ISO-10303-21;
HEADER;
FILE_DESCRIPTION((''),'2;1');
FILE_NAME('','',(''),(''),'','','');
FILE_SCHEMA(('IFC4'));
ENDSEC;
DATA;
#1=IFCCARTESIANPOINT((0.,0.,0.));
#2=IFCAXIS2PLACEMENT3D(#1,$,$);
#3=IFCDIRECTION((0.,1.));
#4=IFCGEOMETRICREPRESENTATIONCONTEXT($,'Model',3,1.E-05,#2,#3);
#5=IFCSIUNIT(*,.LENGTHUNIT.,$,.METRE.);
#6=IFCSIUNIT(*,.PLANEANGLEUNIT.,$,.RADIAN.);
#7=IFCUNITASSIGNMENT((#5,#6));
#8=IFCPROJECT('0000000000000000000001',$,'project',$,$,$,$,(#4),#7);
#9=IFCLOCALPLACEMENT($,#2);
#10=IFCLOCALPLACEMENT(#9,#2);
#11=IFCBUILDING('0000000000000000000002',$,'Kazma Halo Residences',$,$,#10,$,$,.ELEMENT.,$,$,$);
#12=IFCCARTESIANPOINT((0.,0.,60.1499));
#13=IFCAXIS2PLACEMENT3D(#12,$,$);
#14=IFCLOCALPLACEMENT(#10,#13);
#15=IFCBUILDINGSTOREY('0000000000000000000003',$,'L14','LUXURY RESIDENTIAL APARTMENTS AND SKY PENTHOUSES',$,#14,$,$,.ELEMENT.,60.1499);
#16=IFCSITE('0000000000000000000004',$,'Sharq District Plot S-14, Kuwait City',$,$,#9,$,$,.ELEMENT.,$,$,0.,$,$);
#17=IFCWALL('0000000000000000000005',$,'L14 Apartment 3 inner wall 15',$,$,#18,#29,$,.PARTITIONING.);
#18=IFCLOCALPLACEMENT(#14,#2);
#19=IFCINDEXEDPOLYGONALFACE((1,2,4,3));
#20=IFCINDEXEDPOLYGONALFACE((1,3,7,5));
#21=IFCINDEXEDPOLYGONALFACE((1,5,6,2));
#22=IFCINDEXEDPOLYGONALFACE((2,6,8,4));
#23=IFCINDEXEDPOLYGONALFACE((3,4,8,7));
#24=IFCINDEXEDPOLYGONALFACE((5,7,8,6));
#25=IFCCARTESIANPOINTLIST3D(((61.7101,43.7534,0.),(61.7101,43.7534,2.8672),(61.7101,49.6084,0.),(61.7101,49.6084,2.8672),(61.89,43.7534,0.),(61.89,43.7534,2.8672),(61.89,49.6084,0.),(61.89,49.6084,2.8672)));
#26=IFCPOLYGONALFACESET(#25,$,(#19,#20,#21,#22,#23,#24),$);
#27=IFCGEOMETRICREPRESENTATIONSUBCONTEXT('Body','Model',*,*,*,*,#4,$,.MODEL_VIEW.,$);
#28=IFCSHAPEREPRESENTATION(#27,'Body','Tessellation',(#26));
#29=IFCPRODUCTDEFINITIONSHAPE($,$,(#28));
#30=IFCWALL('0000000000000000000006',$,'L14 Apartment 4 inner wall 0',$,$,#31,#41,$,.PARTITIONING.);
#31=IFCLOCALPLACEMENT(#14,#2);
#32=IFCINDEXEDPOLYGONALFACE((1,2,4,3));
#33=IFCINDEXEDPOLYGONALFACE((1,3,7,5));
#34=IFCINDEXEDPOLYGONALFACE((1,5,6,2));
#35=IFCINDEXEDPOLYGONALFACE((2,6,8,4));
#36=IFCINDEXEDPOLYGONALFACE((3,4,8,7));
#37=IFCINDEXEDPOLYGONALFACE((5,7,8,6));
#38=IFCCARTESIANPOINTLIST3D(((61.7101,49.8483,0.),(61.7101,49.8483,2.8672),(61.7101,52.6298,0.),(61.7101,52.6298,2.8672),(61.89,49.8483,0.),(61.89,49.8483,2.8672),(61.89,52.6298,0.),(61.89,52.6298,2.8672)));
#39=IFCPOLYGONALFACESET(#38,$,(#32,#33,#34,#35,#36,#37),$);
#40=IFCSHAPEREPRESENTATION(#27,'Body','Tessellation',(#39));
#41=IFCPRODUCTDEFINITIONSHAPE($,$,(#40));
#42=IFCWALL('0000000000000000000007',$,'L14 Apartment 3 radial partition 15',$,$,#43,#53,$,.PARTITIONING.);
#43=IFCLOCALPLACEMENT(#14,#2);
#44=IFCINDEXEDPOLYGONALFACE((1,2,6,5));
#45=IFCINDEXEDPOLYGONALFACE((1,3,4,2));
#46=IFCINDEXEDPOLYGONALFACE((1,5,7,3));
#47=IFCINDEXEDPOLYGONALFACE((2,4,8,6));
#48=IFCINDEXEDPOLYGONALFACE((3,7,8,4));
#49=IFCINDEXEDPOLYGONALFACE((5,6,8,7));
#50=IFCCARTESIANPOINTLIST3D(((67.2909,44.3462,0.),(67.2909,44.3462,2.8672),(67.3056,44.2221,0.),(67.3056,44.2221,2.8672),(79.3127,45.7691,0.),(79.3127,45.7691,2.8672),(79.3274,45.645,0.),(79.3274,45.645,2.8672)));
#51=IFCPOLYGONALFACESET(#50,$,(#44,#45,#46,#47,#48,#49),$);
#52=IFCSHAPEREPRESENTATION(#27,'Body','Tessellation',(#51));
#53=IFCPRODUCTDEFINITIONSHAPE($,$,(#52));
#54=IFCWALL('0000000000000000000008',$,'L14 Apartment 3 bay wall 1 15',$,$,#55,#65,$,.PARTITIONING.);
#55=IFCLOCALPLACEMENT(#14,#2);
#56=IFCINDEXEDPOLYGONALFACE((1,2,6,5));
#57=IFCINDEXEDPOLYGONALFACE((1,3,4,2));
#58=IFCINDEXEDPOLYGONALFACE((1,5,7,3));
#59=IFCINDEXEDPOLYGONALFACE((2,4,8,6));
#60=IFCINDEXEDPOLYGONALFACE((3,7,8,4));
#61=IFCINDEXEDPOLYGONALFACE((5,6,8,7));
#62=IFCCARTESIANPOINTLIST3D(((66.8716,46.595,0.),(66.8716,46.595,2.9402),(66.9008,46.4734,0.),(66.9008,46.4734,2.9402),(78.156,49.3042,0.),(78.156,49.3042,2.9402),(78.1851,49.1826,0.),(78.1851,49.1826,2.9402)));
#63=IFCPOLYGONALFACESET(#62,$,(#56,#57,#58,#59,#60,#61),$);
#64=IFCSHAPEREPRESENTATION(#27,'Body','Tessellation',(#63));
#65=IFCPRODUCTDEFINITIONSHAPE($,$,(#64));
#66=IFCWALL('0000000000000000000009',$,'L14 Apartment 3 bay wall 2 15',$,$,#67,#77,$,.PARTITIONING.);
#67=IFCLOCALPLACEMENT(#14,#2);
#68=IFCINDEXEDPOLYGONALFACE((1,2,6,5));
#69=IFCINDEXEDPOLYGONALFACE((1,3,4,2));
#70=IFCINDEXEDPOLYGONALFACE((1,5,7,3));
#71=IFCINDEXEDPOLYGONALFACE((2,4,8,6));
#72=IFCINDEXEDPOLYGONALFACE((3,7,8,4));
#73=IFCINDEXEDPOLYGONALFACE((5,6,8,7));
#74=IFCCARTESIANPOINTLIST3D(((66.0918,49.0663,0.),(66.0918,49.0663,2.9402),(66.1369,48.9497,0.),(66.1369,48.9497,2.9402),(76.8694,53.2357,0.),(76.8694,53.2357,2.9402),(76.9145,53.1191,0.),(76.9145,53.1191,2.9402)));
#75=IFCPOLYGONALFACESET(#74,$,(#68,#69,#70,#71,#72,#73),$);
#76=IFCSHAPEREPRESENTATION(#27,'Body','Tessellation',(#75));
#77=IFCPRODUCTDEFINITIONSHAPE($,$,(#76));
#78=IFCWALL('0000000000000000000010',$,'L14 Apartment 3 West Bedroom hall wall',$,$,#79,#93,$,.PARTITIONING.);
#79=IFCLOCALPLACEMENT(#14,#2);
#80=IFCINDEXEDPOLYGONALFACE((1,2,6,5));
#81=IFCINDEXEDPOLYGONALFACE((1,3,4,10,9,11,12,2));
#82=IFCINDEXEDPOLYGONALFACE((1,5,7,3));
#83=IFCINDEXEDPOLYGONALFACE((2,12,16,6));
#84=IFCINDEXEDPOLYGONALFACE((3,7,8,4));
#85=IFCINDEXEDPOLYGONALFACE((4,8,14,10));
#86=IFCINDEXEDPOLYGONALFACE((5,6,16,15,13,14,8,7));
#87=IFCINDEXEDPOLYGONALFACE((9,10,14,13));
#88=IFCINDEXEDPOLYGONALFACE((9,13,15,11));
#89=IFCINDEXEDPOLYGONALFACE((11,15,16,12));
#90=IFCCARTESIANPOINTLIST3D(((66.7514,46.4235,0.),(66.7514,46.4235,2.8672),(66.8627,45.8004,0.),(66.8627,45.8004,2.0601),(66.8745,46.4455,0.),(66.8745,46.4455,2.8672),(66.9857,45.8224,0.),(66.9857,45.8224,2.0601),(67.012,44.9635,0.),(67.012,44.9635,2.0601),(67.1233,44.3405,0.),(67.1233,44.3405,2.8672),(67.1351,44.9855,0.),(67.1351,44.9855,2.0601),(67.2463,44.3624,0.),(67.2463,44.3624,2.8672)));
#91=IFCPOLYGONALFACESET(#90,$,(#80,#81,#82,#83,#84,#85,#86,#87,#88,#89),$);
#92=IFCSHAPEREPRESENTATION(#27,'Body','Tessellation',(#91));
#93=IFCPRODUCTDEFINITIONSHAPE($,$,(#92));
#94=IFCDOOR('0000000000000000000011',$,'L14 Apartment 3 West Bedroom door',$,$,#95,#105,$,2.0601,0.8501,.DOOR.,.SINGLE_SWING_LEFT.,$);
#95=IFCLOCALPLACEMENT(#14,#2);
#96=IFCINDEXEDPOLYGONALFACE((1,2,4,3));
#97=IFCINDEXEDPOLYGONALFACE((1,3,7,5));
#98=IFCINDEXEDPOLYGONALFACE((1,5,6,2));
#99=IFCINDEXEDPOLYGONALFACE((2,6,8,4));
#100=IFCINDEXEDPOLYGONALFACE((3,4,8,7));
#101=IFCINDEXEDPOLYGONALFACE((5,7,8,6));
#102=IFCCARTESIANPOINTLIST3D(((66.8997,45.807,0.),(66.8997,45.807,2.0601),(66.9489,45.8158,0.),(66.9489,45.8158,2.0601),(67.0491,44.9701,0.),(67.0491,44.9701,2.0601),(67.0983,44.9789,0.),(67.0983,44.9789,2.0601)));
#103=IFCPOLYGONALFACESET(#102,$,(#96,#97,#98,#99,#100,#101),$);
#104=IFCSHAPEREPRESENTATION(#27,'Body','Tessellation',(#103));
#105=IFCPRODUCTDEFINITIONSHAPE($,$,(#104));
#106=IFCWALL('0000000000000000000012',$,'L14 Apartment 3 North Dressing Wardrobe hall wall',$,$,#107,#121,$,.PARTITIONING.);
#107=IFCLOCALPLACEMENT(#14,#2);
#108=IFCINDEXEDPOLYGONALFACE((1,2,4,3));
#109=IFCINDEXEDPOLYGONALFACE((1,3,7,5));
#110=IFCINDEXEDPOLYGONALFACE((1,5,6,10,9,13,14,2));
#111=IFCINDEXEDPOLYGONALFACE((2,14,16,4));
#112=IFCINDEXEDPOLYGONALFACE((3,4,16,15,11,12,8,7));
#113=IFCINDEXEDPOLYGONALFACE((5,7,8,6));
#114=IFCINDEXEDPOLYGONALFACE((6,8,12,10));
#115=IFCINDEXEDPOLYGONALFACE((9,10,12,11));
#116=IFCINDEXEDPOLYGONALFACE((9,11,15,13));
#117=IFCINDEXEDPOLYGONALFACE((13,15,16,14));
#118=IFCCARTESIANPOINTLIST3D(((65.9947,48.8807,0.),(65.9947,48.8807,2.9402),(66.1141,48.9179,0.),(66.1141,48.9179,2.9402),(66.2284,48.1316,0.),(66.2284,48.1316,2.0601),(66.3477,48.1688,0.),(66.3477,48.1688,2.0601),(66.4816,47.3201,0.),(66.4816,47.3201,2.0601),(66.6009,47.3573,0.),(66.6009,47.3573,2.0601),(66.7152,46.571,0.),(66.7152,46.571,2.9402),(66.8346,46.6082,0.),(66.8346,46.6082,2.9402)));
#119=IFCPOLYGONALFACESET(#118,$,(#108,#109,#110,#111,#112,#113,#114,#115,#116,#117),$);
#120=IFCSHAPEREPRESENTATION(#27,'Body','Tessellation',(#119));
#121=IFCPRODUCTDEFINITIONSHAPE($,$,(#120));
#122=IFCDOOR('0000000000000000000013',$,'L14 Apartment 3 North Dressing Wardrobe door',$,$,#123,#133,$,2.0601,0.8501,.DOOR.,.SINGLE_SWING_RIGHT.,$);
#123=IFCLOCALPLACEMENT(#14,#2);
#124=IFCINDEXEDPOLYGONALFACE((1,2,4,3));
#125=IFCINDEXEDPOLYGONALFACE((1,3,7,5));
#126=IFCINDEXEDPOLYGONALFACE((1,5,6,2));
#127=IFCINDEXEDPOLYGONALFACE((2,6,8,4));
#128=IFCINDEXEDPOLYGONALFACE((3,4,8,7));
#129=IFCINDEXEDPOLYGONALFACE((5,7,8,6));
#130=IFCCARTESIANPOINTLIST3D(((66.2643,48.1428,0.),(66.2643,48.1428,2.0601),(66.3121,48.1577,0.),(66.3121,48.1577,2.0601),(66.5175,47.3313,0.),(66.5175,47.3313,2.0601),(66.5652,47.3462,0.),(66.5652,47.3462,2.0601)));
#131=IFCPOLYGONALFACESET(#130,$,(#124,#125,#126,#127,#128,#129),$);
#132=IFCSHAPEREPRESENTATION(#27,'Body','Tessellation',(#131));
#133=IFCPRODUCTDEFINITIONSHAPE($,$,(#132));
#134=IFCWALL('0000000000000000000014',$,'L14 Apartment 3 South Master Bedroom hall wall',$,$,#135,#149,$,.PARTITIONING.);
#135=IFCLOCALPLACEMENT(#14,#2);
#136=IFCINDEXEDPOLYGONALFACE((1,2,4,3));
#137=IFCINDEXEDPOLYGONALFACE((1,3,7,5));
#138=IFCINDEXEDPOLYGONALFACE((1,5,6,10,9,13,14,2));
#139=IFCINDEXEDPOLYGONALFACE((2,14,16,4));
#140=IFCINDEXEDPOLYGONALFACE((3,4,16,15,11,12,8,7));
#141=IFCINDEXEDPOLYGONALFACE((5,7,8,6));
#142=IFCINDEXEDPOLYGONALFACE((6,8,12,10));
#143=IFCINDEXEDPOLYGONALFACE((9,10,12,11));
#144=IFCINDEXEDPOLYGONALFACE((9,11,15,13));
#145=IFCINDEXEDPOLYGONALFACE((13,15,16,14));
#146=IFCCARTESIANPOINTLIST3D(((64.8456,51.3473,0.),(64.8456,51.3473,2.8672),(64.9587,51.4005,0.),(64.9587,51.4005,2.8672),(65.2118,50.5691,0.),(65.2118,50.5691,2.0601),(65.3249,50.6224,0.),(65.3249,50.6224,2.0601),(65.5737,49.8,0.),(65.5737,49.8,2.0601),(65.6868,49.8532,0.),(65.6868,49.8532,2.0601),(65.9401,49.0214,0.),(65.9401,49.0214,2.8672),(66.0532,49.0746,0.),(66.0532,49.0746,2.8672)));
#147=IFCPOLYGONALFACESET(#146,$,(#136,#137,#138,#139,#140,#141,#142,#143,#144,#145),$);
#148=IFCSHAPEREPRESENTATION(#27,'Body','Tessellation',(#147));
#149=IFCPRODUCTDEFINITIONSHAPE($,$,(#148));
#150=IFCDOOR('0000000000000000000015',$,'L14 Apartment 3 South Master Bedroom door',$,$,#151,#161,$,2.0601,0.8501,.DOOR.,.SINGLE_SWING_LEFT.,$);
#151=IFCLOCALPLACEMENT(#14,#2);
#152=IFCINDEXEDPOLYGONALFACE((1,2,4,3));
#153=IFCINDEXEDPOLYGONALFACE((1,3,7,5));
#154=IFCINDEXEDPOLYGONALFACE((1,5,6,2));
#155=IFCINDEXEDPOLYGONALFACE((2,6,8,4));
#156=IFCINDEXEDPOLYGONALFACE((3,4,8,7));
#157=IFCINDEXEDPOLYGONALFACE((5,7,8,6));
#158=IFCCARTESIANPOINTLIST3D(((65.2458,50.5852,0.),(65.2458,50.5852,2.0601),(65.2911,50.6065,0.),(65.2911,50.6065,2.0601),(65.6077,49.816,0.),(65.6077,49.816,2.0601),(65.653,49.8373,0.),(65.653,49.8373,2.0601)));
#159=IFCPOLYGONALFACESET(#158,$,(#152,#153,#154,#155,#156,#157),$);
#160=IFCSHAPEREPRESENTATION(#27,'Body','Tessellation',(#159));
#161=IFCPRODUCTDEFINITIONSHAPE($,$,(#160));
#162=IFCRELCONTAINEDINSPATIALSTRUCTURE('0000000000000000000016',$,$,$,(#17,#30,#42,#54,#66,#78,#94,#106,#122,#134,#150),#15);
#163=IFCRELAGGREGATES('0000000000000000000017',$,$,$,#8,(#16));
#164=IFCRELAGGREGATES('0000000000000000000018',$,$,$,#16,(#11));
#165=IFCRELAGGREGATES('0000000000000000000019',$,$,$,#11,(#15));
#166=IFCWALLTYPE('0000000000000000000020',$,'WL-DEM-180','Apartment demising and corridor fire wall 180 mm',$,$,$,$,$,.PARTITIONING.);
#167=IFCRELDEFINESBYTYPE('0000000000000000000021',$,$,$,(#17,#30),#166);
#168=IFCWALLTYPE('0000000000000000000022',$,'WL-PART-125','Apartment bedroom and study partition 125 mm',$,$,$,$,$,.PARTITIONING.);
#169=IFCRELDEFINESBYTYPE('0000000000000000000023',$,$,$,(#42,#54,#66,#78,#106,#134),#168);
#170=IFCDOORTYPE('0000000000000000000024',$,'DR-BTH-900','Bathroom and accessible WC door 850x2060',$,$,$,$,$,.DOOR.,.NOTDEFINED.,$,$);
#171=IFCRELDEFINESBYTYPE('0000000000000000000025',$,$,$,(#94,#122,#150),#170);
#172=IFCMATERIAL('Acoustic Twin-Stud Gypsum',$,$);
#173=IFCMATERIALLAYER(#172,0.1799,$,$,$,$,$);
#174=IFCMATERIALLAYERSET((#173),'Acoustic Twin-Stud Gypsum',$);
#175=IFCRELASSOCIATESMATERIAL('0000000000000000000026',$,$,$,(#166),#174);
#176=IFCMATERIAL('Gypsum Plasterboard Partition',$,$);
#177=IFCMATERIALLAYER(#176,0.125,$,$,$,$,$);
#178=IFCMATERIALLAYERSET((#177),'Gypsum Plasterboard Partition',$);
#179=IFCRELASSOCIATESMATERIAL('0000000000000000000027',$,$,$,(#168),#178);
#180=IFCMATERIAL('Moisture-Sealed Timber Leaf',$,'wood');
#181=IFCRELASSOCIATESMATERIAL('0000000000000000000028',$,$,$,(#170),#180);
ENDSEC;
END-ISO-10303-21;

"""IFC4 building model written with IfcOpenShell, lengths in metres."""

from ifc_helpers import new_model, si_unit, direction, frame, frame_2d, origin, place, context, subcontext, project, spatial, rectangle, extrude, material, layer, layer_set, type_object, element, fill, save


model = new_model("IFC4")

# Units and contexts
model_context = context("Model", 3, precision=1e-05, world=origin(), true_north=direction((0.0, 1.0)))
body_context = subcontext(model_context, "Body", "Model", "MODEL_VIEW")
ifc_project = project(units=[si_unit("LENGTHUNIT", "METRE"), si_unit("PLANEANGLEUNIT", "RADIAN")], contexts=[model_context])

# Site, building, storey
site_placement = place(None, origin())
site = spatial("IfcSite", under=ifc_project, at=site_placement, Name="Sharq District Plot S-14, Kuwait City", CompositionType="ELEMENT", RefElevation=0.0)
building_placement = place(site_placement, origin())
building = spatial("IfcBuilding", under=site, at=building_placement, Name="Kazma Halo Residences", CompositionType="ELEMENT")
storey_placement = place(building_placement, frame((0.0, 0.0, 60.1499)))
storey = spatial("IfcBuildingStorey", under=building, at=storey_placement, Name="L14", Description="LUXURY RESIDENTIAL APARTMENTS AND SKY PENTHOUSES", CompositionType="ELEMENT", Elevation=60.1499)

# Walls
ifc_material_1 = material(Name="Acoustic Twin-Stud Gypsum")
ifc_layer_1 = layer(ifc_material_1, 0.1799)
ifc_layer_set_1 = layer_set([ifc_layer_1], Name="Acoustic Twin-Stud Gypsum")
wall_type_1 = type_object("IfcWallType", Name="WL-DEM-180", Description="Apartment demising and corridor fire wall 180 mm", PredefinedType="PARTITIONING", material=ifc_layer_set_1)
wall_1_placement = place(storey_placement, frame((61.8, 43.7534, 0.0), z_axis=(0.0, 0.0, 1.0), x_axis=(0.0, 1.0, 0.0)))
element("IfcWall", 1, at=wall_1_placement, inside=storey, type_object=wall_type_1, Name="L14 Apartment 3 inner wall 15", PredefinedType="PARTITIONING", context=body_context, shape_type="SweptSolid", body=[
    extrude(rectangle(XDim=5.855, YDim=0.1799, at=frame_2d((2.9275, 0.0))), origin(), (0.0, 0.0, 1.0), 2.8672),
])
wall_2_placement = place(storey_placement, frame((61.8, 49.8484, 0.0), z_axis=(0.0, 0.0, 1.0), x_axis=(0.0, 1.0, 0.0)))
element("IfcWall", 2, at=wall_2_placement, inside=storey, type_object=wall_type_1, Name="L14 Apartment 4 inner wall 0", PredefinedType="PARTITIONING", context=body_context, shape_type="SweptSolid", body=[
    extrude(rectangle(XDim=2.7815, YDim=0.1799, at=frame_2d((1.3906, 0.0))), origin(), (0.0, 0.0, 1.0), 2.8672),
])
ifc_material_2 = material(Name="Gypsum Plasterboard Partition")
ifc_layer_2 = layer(ifc_material_2, 0.125)
ifc_layer_set_2 = layer_set([ifc_layer_2], Name="Gypsum Plasterboard Partition")
wall_type_2 = type_object("IfcWallType", Name="WL-PART-125", Description="Apartment bedroom and study partition 125 mm", PredefinedType="PARTITIONING", material=ifc_layer_set_2)
wall_3_placement = place(storey_placement, frame((67.2983, 44.2842, 0.0), z_axis=(0.0, 0.0, 1.0), x_axis=(0.993069, 0.117536, 0.0)))
element("IfcWall", 3, at=wall_3_placement, inside=storey, type_object=wall_type_2, Name="L14 Apartment 3 radial partition 15", PredefinedType="PARTITIONING", context=body_context, shape_type="SweptSolid", body=[
    extrude(rectangle(XDim=12.1057, YDim=0.125, at=frame_2d((6.0527, 0.0))), origin(), (0.0, 0.0, 1.0), 2.8672),
])
wall_4_placement = place(storey_placement, frame((66.8862, 46.5342, 0.0), z_axis=(0.0, 0.0, 1.0), x_axis=(0.972368, 0.233452, 0.0)))
element("IfcWall", 4, at=wall_4_placement, inside=storey, type_object=wall_type_2, Name="L14 Apartment 3 bay wall 1 15", PredefinedType="PARTITIONING", context=body_context, shape_type="SweptSolid", body=[
    extrude(rectangle(XDim=11.605, YDim=0.125, at=frame_2d((5.8025, 0.0))), origin(), (0.0, 0.0, 1.0), 2.9402),
])
wall_5_placement = place(storey_placement, frame((66.1145, 49.0081, 0.0), z_axis=(0.0, 0.0, 1.0), x_axis=(0.932642, 0.360803, 0.0)))
element("IfcWall", 5, at=wall_5_placement, inside=storey, type_object=wall_type_2, Name="L14 Apartment 3 bay wall 2 15", PredefinedType="PARTITIONING", context=body_context, shape_type="SweptSolid", body=[
    extrude(rectangle(XDim=11.5559, YDim=0.125, at=frame_2d((5.7778, 0.0))), origin(), (0.0, 0.0, 1.0), 2.9402),
])

# Walls, openings, doors
wall_6_placement = place(storey_placement, frame((67.1848, 44.3513, 0.0), z_axis=(0.0, 0.0, 1.0), x_axis=(-0.175727, 0.984439, 0.0)))
wall_6 = element("IfcWall", 6, at=wall_6_placement, inside=storey, type_object=wall_type_2, Name="L14 Apartment 3 West Bedroom hall wall", PredefinedType="PARTITIONING", context=body_context, shape_type="SweptSolid", body=[
    extrude(rectangle(XDim=2.116, YDim=0.125, at=frame_2d((1.0581, 0.0))), origin(), (0.0, 0.0, 1.0), 2.8672),
])
opening_1_placement = place(wall_6_placement, frame((0.6331, 0.0, 0.0)))
opening_1 = element("IfcOpeningElement", 7, at=opening_1_placement, cuts=wall_6, PredefinedType="OPENING", context=body_context, shape_type="SweptSolid", body=[
    extrude(rectangle(XDim=0.8501, YDim=2.0601, at=frame_2d((0.425, 1.03))), frame((0.0, 0.0725, 0.0), z_axis=(0.0, -1.0, 0.0), x_axis=(1.0, 0.0, 0.0)), (0.0, 0.0, 1.0), 0.145),
])
ifc_material_3 = material(Name="Moisture-Sealed Timber Leaf", Category="wood")
door_type = type_object("IfcDoorType", Name="DR-BTH-900", Description="Bathroom and accessible WC door 850x2060", OperationType="NOTDEFINED", PredefinedType="DOOR", material=ifc_material_3)
door_1_placement = place(opening_1_placement, origin())
door_1 = element("IfcDoor", 8, at=door_1_placement, inside=storey, type_object=door_type, Name="L14 Apartment 3 West Bedroom door", OperationType="SINGLE_SWING_LEFT", OverallHeight=2.0601, OverallWidth=0.8501, PredefinedType="DOOR", context=body_context, shape_type="SweptSolid", body=[
    extrude(rectangle(XDim=0.8501, YDim=2.0601, at=frame_2d((0.425, 1.03))), frame((0.0, 0.0249, 0.0), z_axis=(0.0, -1.0, 0.0), x_axis=(1.0, 0.0, 0.0)), (0.0, 0.0, 1.0), 0.05),
])
fill(opening_1, door_1)
wall_7_placement = place(storey_placement, frame((66.7749, 46.5896, 0.0), z_axis=(0.0, 0.0, 1.0), x_axis=(-0.297792, 0.954631, 0.0)))
wall_7 = element("IfcWall", 9, at=wall_7_placement, inside=storey, type_object=wall_type_2, Name="L14 Apartment 3 North Dressing Wardrobe hall wall", PredefinedType="PARTITIONING", context=body_context, shape_type="SweptSolid", body=[
    extrude(rectangle(XDim=2.4194, YDim=0.125, at=frame_2d((1.2097, 0.0))), origin(), (0.0, 0.0, 1.0), 2.9402),
])
opening_2_placement = place(wall_7_placement, frame((0.7847, 0.0, 0.0)))
opening_2 = element("IfcOpeningElement", 10, at=opening_2_placement, cuts=wall_7, PredefinedType="OPENING", context=body_context, shape_type="SweptSolid", body=[
    extrude(rectangle(XDim=0.8501, YDim=2.0601, at=frame_2d((0.425, 1.03))), frame((0.0, 0.0725, 0.0), z_axis=(0.0, -1.0, 0.0), x_axis=(1.0, 0.0, 0.0)), (0.0, 0.0, 1.0), 0.145),
])
door_2_placement = place(opening_2_placement, origin())
door_2 = element("IfcDoor", 11, at=door_2_placement, inside=storey, type_object=door_type, Name="L14 Apartment 3 North Dressing Wardrobe door", OperationType="SINGLE_SWING_RIGHT", OverallHeight=2.0601, OverallWidth=0.8501, PredefinedType="DOOR", context=body_context, shape_type="SweptSolid", body=[
    extrude(rectangle(XDim=0.8501, YDim=2.0601, at=frame_2d((0.425, 1.03))), frame((0.0, 0.0249, 0.0), z_axis=(0.0, -1.0, 0.0), x_axis=(1.0, 0.0, 0.0)), (0.0, 0.0, 1.0), 0.05),
])
fill(opening_2, door_2)
wall_8_placement = place(storey_placement, frame((65.9966, 49.0481, 0.0), z_axis=(0.0, 0.0, 1.0), x_axis=(-0.425774, 0.904829, 0.0)))
wall_8 = element("IfcWall", 12, at=wall_8_placement, inside=storey, type_object=wall_type_2, Name="L14 Apartment 3 South Master Bedroom hall wall", PredefinedType="PARTITIONING", context=body_context, shape_type="SweptSolid", body=[
    extrude(rectangle(XDim=2.5706, YDim=0.125, at=frame_2d((1.2852, 0.0))), origin(), (0.0, 0.0, 1.0), 2.8672),
])
opening_3_placement = place(wall_8_placement, frame((0.8604, 0.0, 0.0)))
opening_3 = element("IfcOpeningElement", 13, at=opening_3_placement, cuts=wall_8, PredefinedType="OPENING", context=body_context, shape_type="SweptSolid", body=[
    extrude(rectangle(XDim=0.8501, YDim=2.0601, at=frame_2d((0.425, 1.03))), frame((0.0, 0.0725, 0.0), z_axis=(0.0, -1.0, 0.0), x_axis=(1.0, 0.0, 0.0)), (0.0, 0.0, 1.0), 0.145),
])
door_3_placement = place(opening_3_placement, origin())
door_3 = element("IfcDoor", 14, at=door_3_placement, inside=storey, type_object=door_type, Name="L14 Apartment 3 South Master Bedroom door", OperationType="SINGLE_SWING_LEFT", OverallHeight=2.0601, OverallWidth=0.8501, PredefinedType="DOOR", context=body_context, shape_type="SweptSolid", body=[
    extrude(rectangle(XDim=0.8501, YDim=2.0601, at=frame_2d((0.425, 1.03))), frame((0.0, 0.0249, 0.0), z_axis=(0.0, -1.0, 0.0), x_axis=(1.0, 0.0, 0.0)), (0.0, 0.0, 1.0), 0.05),
])
fill(opening_3, door_3)

save(model, "model.ifc")
